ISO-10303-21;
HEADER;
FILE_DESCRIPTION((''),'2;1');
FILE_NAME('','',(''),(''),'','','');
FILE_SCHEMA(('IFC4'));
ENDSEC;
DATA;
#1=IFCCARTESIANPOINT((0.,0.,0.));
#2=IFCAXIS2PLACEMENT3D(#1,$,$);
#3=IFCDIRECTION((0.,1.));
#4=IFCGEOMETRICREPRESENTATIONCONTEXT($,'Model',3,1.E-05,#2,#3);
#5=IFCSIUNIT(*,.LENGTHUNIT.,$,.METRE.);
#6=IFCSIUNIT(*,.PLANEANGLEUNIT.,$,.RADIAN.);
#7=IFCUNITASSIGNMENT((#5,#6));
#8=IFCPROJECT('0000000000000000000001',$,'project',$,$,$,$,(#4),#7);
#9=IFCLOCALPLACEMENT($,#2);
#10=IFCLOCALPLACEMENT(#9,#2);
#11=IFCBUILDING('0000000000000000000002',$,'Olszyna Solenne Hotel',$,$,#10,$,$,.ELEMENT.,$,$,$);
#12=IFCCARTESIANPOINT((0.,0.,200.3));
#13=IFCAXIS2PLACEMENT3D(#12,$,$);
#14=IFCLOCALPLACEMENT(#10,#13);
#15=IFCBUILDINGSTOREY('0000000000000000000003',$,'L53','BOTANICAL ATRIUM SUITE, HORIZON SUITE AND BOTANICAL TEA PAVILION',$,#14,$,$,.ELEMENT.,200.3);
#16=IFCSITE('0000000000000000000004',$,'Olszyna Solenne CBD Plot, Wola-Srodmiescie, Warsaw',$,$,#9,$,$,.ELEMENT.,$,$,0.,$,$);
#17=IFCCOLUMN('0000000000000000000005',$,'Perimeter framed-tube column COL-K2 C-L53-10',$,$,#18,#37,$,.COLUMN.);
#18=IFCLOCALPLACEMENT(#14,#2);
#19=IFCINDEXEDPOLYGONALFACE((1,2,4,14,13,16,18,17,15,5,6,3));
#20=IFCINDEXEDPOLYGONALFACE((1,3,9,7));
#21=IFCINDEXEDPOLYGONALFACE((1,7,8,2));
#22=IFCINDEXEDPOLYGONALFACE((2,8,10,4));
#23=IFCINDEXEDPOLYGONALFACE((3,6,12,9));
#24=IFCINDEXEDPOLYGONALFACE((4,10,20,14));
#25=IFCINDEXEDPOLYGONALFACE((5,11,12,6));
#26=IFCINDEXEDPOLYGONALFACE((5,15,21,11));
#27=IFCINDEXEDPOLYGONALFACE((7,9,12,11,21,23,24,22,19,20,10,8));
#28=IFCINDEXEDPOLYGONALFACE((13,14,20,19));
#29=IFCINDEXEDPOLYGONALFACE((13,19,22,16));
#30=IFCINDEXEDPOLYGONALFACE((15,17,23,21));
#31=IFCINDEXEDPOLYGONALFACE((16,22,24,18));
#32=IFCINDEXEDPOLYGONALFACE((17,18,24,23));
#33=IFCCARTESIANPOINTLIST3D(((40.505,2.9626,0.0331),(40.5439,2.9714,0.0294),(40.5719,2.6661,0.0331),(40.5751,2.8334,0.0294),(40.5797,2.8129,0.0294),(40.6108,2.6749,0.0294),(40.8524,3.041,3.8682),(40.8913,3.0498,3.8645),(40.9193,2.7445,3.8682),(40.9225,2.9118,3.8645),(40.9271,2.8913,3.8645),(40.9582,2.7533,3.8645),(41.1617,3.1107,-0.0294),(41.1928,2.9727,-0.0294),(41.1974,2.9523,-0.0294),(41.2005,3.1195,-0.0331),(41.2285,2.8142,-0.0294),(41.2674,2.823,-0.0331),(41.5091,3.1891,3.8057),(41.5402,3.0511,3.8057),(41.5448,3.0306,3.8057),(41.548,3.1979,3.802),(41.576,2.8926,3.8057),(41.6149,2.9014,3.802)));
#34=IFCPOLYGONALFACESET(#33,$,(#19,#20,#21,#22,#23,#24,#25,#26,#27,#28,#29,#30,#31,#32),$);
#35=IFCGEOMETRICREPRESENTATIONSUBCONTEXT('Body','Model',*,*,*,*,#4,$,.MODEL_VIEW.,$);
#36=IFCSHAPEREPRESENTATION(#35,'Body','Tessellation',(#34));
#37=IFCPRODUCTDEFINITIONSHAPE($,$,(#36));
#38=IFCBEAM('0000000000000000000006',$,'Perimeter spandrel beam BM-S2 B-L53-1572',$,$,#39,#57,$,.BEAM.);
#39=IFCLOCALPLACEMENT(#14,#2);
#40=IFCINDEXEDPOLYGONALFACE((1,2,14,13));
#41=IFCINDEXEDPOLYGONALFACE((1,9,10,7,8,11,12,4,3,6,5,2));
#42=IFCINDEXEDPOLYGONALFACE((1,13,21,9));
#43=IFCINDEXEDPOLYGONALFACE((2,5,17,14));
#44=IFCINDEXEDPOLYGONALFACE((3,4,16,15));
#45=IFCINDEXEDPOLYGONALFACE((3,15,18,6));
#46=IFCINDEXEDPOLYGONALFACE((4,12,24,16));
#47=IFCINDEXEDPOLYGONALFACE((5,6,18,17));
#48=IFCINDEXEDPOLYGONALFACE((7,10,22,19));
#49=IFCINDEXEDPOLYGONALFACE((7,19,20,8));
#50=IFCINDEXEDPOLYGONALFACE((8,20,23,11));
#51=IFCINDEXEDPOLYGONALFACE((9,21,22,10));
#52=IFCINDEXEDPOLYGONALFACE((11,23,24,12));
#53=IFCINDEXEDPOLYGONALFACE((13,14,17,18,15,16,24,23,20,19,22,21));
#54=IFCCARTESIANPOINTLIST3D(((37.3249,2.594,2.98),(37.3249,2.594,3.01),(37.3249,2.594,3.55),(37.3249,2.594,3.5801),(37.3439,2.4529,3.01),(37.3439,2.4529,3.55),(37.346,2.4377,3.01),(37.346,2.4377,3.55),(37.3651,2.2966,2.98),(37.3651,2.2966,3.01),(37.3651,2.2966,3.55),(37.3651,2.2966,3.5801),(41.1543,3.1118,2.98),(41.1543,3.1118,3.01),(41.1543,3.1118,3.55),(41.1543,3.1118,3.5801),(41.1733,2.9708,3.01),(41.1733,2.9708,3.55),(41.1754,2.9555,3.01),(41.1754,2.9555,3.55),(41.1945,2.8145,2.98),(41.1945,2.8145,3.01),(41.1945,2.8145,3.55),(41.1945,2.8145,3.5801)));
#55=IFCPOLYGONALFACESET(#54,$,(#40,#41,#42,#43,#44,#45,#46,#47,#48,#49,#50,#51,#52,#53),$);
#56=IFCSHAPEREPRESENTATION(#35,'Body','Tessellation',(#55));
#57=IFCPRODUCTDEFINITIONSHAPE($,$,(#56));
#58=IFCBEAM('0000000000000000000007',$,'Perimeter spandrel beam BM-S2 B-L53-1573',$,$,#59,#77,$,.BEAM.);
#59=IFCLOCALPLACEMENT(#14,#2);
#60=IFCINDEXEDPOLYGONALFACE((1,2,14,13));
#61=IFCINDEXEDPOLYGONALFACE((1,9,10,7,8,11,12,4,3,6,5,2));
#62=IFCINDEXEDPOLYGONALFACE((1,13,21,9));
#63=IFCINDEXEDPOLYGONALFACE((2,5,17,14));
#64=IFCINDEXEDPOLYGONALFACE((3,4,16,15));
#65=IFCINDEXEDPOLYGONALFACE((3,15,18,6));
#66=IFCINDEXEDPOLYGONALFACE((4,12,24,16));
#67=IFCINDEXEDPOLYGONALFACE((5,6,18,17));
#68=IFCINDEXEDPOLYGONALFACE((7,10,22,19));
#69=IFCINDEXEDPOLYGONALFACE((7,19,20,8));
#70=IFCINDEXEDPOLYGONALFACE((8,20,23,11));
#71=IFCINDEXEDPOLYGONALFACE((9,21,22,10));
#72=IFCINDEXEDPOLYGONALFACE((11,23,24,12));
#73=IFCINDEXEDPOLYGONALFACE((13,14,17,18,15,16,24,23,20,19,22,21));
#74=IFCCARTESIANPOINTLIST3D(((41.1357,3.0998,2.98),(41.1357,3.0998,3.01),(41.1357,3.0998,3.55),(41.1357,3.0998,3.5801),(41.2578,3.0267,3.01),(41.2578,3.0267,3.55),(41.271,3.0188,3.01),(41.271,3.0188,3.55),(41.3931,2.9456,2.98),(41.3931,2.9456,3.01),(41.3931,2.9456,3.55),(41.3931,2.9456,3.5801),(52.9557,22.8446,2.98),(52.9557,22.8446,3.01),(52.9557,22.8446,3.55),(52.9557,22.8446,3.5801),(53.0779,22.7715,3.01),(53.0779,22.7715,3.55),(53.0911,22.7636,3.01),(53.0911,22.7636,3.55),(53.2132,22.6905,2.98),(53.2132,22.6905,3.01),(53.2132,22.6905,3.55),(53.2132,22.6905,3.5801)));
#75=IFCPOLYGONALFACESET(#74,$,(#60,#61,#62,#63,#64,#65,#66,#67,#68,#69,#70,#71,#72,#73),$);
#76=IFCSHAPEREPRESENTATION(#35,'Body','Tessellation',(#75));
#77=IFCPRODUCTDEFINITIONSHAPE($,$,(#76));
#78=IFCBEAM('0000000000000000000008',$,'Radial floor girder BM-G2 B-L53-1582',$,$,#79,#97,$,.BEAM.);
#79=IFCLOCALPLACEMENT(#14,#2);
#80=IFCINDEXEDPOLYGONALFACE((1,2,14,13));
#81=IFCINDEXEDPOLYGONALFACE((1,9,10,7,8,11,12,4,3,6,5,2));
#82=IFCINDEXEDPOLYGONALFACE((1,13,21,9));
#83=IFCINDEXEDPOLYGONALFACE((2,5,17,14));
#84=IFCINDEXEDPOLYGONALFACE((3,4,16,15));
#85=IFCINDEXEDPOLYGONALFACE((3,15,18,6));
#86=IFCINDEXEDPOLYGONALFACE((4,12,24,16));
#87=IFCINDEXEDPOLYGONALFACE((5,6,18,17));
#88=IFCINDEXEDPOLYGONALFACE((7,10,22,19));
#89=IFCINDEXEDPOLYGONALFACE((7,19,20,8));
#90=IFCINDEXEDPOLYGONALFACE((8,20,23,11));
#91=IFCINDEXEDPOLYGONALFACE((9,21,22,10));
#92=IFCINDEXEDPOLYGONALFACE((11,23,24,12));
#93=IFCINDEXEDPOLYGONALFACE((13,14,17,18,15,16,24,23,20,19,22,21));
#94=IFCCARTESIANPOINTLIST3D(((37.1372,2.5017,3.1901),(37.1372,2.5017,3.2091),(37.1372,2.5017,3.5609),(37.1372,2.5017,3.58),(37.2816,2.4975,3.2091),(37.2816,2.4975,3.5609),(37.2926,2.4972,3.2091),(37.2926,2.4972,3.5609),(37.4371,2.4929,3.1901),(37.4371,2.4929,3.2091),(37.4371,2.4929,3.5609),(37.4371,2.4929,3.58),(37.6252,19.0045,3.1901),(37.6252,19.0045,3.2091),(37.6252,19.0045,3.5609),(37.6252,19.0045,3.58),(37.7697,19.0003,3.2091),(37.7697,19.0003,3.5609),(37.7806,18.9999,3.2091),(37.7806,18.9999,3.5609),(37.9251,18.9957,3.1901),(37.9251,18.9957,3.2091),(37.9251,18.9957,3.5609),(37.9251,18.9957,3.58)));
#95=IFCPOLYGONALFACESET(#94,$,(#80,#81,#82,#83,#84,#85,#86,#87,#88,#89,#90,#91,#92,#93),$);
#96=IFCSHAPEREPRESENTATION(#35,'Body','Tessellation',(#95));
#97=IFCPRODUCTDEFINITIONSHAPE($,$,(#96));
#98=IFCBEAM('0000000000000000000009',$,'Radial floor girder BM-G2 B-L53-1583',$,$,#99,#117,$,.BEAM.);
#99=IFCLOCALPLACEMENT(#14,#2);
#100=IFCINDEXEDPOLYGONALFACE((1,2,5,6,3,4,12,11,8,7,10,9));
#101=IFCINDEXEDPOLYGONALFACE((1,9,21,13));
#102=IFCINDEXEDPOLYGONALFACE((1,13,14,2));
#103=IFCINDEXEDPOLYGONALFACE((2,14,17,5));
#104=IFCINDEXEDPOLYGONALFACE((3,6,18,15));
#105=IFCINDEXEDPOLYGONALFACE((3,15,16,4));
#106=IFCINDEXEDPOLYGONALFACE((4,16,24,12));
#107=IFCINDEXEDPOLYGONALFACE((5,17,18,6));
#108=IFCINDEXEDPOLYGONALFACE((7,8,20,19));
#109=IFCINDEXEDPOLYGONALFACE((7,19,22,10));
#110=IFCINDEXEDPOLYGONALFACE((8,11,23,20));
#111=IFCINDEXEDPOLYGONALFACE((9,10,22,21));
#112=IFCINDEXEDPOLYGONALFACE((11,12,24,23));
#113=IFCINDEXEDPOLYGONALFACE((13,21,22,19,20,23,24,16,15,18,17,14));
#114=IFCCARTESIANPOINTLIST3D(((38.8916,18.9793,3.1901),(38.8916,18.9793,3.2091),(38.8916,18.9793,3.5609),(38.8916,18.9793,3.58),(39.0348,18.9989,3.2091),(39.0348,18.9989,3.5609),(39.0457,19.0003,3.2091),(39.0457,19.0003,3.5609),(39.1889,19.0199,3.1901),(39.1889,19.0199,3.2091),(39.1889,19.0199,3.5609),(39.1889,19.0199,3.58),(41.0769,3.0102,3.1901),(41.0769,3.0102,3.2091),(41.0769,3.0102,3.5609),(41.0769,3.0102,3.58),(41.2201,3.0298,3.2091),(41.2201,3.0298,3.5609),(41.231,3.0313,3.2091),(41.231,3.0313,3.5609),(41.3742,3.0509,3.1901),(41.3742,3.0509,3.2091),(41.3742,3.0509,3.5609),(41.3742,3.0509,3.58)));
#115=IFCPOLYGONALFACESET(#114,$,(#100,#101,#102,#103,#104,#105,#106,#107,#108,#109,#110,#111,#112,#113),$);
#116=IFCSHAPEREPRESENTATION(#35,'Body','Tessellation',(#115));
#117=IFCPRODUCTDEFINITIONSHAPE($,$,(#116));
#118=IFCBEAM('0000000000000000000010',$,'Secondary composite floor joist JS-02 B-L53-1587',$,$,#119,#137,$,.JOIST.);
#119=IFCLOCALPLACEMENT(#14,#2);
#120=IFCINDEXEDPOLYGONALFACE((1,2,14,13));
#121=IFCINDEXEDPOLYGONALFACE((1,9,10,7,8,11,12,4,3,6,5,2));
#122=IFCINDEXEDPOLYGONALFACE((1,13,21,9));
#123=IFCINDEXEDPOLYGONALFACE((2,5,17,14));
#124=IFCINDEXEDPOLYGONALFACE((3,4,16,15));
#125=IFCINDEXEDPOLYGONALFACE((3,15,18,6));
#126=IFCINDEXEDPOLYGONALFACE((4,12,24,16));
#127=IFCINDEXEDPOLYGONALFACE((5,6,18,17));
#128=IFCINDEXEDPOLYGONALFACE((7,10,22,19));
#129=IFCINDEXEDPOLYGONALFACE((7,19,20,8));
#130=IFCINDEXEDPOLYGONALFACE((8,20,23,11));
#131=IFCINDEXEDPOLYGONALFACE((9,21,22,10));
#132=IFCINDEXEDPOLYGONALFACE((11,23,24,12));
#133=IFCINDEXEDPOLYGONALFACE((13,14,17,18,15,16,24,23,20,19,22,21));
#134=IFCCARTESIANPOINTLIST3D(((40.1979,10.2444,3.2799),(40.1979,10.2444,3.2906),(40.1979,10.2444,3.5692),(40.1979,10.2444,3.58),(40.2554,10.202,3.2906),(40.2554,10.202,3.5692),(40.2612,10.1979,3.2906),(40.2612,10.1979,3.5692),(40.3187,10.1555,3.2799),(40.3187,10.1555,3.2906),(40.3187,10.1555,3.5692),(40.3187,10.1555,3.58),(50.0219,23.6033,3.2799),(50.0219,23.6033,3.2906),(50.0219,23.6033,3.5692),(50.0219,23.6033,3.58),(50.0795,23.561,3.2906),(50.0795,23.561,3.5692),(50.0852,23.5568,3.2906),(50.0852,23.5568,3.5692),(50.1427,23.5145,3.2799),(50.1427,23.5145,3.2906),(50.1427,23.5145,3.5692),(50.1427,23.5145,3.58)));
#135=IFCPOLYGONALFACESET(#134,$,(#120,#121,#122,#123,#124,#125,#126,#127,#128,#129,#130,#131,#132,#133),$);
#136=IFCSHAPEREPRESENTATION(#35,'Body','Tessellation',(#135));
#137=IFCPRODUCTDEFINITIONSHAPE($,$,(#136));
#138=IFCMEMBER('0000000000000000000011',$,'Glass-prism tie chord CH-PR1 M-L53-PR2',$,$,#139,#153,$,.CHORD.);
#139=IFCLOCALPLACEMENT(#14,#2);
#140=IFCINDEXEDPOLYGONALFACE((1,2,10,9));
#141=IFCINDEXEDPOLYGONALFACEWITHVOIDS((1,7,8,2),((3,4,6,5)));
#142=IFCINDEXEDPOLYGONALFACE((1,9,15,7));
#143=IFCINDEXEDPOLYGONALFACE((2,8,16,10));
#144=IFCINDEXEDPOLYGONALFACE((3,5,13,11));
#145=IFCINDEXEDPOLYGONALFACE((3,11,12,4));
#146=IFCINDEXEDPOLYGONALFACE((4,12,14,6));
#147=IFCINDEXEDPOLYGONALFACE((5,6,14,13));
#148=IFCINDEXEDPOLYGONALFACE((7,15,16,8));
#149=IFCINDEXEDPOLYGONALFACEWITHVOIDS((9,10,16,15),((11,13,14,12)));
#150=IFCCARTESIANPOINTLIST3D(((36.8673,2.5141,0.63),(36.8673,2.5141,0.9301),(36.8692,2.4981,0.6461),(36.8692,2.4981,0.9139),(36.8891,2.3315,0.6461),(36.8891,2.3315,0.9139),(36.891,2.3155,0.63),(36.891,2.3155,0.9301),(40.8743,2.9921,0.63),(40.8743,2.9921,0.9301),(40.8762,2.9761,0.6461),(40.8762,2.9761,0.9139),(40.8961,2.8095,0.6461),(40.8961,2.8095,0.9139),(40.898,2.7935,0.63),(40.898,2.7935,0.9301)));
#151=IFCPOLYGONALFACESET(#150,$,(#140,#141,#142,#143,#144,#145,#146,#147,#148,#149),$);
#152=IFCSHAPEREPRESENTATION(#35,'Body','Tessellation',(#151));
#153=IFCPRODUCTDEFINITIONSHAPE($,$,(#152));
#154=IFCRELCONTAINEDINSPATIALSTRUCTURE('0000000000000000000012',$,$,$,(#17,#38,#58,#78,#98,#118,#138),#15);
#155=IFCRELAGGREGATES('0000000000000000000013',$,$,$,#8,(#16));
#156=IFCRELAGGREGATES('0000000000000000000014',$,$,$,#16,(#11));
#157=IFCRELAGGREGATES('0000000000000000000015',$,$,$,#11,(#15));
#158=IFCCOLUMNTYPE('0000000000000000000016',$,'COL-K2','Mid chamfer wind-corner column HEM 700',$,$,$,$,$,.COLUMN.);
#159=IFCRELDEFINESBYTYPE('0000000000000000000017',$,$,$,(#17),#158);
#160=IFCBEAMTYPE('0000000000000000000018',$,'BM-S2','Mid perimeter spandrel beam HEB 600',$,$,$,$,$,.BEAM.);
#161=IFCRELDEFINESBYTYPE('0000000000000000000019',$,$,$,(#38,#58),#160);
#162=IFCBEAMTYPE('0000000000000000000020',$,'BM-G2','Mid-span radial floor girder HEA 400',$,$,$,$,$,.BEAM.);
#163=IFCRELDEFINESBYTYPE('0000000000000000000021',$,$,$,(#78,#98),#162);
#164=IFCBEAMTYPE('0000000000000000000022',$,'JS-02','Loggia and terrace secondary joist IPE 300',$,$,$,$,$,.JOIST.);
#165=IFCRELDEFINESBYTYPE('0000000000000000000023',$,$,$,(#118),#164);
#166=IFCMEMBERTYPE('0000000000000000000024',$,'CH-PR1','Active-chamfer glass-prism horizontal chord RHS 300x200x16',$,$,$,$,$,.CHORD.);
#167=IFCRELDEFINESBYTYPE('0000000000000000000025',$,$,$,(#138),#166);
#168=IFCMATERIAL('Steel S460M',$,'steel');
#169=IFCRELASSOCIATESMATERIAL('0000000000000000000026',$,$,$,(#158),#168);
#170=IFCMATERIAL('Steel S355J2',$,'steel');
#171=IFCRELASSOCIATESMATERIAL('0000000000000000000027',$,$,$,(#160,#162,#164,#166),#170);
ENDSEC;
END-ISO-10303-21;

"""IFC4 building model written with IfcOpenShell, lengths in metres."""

from ifc_helpers import new_model, si_unit, direction, frame, origin, origin_2d, place, context, subcontext, project, spatial, hollow_rectangle, i_section, extrude, source, transform, mapped, material, material_profile, profile_set, type_object, element, save


model = new_model("IFC4")

# Units and contexts
model_context = context("Model", 3, precision=1e-05, world=origin(), true_north=direction((0.0, 1.0)))
body_context = subcontext(model_context, "Body", "Model", "MODEL_VIEW")
ifc_project = project(units=[si_unit("LENGTHUNIT", "METRE"), si_unit("PLANEANGLEUNIT", "RADIAN")], contexts=[model_context])

# Site, building, storey
site_placement = place(None, origin())
site = spatial("IfcSite", under=ifc_project, at=site_placement, Name="Olszyna Solenne CBD Plot, Wola-Srodmiescie, Warsaw", CompositionType="ELEMENT", RefElevation=0.0)
building_placement = place(site_placement, origin())
building = spatial("IfcBuilding", under=site, at=building_placement, Name="Olszyna Solenne Hotel", CompositionType="ELEMENT")
storey_placement = place(building_placement, frame((0.0, 0.0, 200.3)))
storey = spatial("IfcBuildingStorey", under=building, at=storey_placement, Name="L53", Description="BOTANICAL ATRIUM SUITE, HORIZON SUITE AND BOTANICAL TEA PAVILION", CompositionType="ELEMENT", Elevation=200.3)

# Column
ifc_material_1 = material(Name="Steel S460M", Category="steel")
ifc_material_profile_1 = material_profile(ifc_material_1, i_section(OverallWidth=0.304, OverallDepth=0.7161, WebThickness=0.021, FlangeThickness=0.04, at=origin_2d()), Name="HEM 700", Category="load-bearing")
ifc_profile_set_1 = profile_set([ifc_material_profile_1], Name="Steel S460M")
column_type = type_object("IfcColumnType", Name="COL-K2", Description="Mid chamfer wind-corner column HEM 700", PredefinedType="COLUMN", material=ifc_profile_set_1)
shared_shape_1 = source(origin(), body_context, "Body", "SweptSolid", [
    extrude(i_section(OverallWidth=0.304, OverallDepth=0.7161, WebThickness=0.021, FlangeThickness=0.04, at=origin_2d()), origin(), (0.0, 0.0, 1.0), 3.8516),
])
column_placement = place(storey_placement, frame((40.8862, 2.8928, 0.0), z_axis=(0.090203, 0.020348, 0.995716), x_axis=(-0.22005, 0.975488, 0.0)))
element("IfcColumn", 1, at=column_placement, inside=storey, type_object=column_type, Name="Perimeter framed-tube column COL-K2 C-L53-10", PredefinedType="COLUMN", context=body_context, shape_type="MappedRepresentation", body=[
    mapped(shared_shape_1, transform((0.0, 0.0, 0.0), x_axis=(1.0, 0.0, 0.0), y_axis=(0.0, 1.0, 0.0), z_axis=(0.0, 0.0, 1.0), scale=1.0)),
])

# Beams
ifc_material_2 = material(Name="Steel S355J2", Category="steel")
ifc_material_profile_2 = material_profile(ifc_material_2, i_section(OverallWidth=0.3, OverallDepth=0.6001, WebThickness=0.0154, FlangeThickness=0.03, at=origin_2d()), Name="HEB 600", Category="load-bearing")
ifc_profile_set_2 = profile_set([ifc_material_profile_2], Name="Steel S355J2")
beam_type_1 = type_object("IfcBeamType", Name="BM-S2", Description="Mid perimeter spandrel beam HEB 600", PredefinedType="BEAM", material=ifc_profile_set_2)
shared_shape_2 = source(origin(), body_context, "Body", "SweptSolid", [
    extrude(i_section(OverallWidth=0.3, OverallDepth=0.6001, WebThickness=0.0154, FlangeThickness=0.03, at=origin_2d()), origin(), (0.0, 0.0, 1.0), 3.8643),
])
beam_1_placement = place(storey_placement, frame((37.345, 2.4453, 3.28), z_axis=(0.990981, 0.134005, 0.0), x_axis=(-0.134005, 0.990981, 0.0)))
element("IfcBeam", 2, at=beam_1_placement, inside=storey, type_object=beam_type_1, Name="Perimeter spandrel beam BM-S2 B-L53-1572", PredefinedType="BEAM", context=body_context, shape_type="MappedRepresentation", body=[
    mapped(shared_shape_2, transform((0.0, 0.0, 0.0), x_axis=(1.0, 0.0, 0.0), y_axis=(0.0, 1.0, 0.0), z_axis=(0.0, 0.0, 1.0), scale=1.0)),
])
shared_shape_3 = source(origin(), body_context, "Body", "SweptSolid", [
    extrude(i_section(OverallWidth=0.3, OverallDepth=0.6001, WebThickness=0.0154, FlangeThickness=0.03, at=origin_2d()), origin(), (0.0, 0.0, 1.0), 23.0125),
])
beam_2_placement = place(storey_placement, frame((41.2644, 3.0227, 3.28), z_axis=(0.513637, 0.858007, 0.0), x_axis=(-0.858007, 0.513637, 0.0)))
element("IfcBeam", 3, at=beam_2_placement, inside=storey, type_object=beam_type_1, Name="Perimeter spandrel beam BM-S2 B-L53-1573", PredefinedType="BEAM", context=body_context, shape_type="MappedRepresentation", body=[
    mapped(shared_shape_3, transform((0.0, 0.0, 0.0), x_axis=(1.0, 0.0, 0.0), y_axis=(0.0, 1.0, 0.0), z_axis=(0.0, 0.0, 1.0), scale=1.0)),
])
ifc_material_profile_3 = material_profile(ifc_material_2, i_section(OverallWidth=0.3, OverallDepth=0.3899, WebThickness=0.011, FlangeThickness=0.019, at=origin_2d()), Name="HEA 400", Category="load-bearing")
ifc_profile_set_3 = profile_set([ifc_material_profile_3], Name="Steel S355J2")
beam_type_2 = type_object("IfcBeamType", Name="BM-G2", Description="Mid-span radial floor girder HEA 400", PredefinedType="BEAM", material=ifc_profile_set_3)
shared_shape_4 = source(origin(), body_context, "Body", "SweptSolid", [
    extrude(i_section(OverallWidth=0.3, OverallDepth=0.3899, WebThickness=0.011, FlangeThickness=0.019, at=origin_2d()), origin(), (0.0, 0.0, 1.0), 16.51),
])
beam_3_placement = place(storey_placement, frame((37.2871, 2.4973, 3.385), z_axis=(0.02956, 0.999563, 0.0), x_axis=(-0.999563, 0.02956, 0.0)))
element("IfcBeam", 4, at=beam_3_placement, inside=storey, type_object=beam_type_2, Name="Radial floor girder BM-G2 B-L53-1582", PredefinedType="BEAM", context=body_context, shape_type="MappedRepresentation", body=[
    mapped(shared_shape_4, transform((0.0, 0.0, 0.0), x_axis=(1.0, 0.0, 0.0), y_axis=(0.0, 1.0, 0.0), z_axis=(0.0, 0.0, 1.0), scale=1.0)),
])
shared_shape_5 = source(origin(), body_context, "Body", "SweptSolid", [
    extrude(i_section(OverallWidth=0.3, OverallDepth=0.3899, WebThickness=0.011, FlangeThickness=0.019, at=origin_2d()), origin(), (0.0, 0.0, 1.0), 16.1179),
])
beam_4_placement = place(storey_placement, frame((41.2256, 3.0305, 3.385), z_axis=(-0.135583, 0.990766, 0.0), x_axis=(-0.990766, -0.135583, 0.0)))
element("IfcBeam", 5, at=beam_4_placement, inside=storey, type_object=beam_type_2, Name="Radial floor girder BM-G2 B-L53-1583", PredefinedType="BEAM", context=body_context, shape_type="MappedRepresentation", body=[
    mapped(shared_shape_5, transform((0.0, 0.0, 0.0), x_axis=(1.0, 0.0, 0.0), y_axis=(0.0, 1.0, 0.0), z_axis=(0.0, 0.0, 1.0), scale=1.0)),
])
ifc_material_profile_4 = material_profile(ifc_material_2, i_section(OverallWidth=0.1499, OverallDepth=0.3, WebThickness=0.0071, FlangeThickness=0.0107, at=origin_2d()), Name="IPE 300", Category="load-bearing")
ifc_profile_set_4 = profile_set([ifc_material_profile_4], Name="Steel S355J2")
beam_type_3 = type_object("IfcBeamType", Name="JS-02", Description="Loggia and terrace secondary joist IPE 300", PredefinedType="JOIST", material=ifc_profile_set_4)
shared_shape_6 = source(origin(), body_context, "Body", "SweptSolid", [
    extrude(i_section(OverallWidth=0.1499, OverallDepth=0.3, WebThickness=0.0071, FlangeThickness=0.0107, at=origin_2d()), origin(), (0.0, 0.0, 1.0), 16.5823),
])
beam_5_placement = place(storey_placement, frame((40.2583, 10.2, 3.4299), z_axis=(0.59244, 0.805615, 0.0), x_axis=(-0.805615, 0.59244, 0.0)))
element("IfcBeam", 6, at=beam_5_placement, inside=storey, type_object=beam_type_3, Name="Secondary composite floor joist JS-02 B-L53-1587", PredefinedType="JOIST", context=body_context, shape_type="MappedRepresentation", body=[
    mapped(shared_shape_6, transform((0.0, 0.0, 0.0), x_axis=(1.0, 0.0, 0.0), y_axis=(0.0, 1.0, 0.0), z_axis=(0.0, 0.0, 1.0), scale=1.0)),
])

# Member
ifc_material_profile_5 = material_profile(ifc_material_2, hollow_rectangle(XDim=0.2, YDim=0.3, WallThickness=0.0161, at=origin_2d()), Name="RHS 300x200x16", Category="load-bearing")
ifc_profile_set_5 = profile_set([ifc_material_profile_5], Name="Steel S355J2")
member_type_1 = type_object("IfcMemberType", Name="CH-PR1", Description="Active-chamfer glass-prism horizontal chord RHS 300x200x16", PredefinedType="CHORD", material=ifc_profile_set_5)
shared_shape_7 = source(origin(), body_context, "Body", "SweptSolid", [
    extrude(hollow_rectangle(XDim=0.2, YDim=0.3, WallThickness=0.0161, at=origin_2d()), origin(), (0.0, 0.0, 1.0), 4.0354),
])
member_1_placement = place(storey_placement, frame((36.8792, 2.4148, 0.78), z_axis=(0.992959, 0.118456, 0.0), x_axis=(-0.118456, 0.992959, 0.0)))
element("IfcMember", 7, at=member_1_placement, inside=storey, type_object=member_type_1, Name="Glass-prism tie chord CH-PR1 M-L53-PR2", PredefinedType="CHORD", context=body_context, shape_type="MappedRepresentation", body=[
    mapped(shared_shape_7, transform((0.0, 0.0, 0.0), x_axis=(1.0, 0.0, 0.0), y_axis=(0.0, 1.0, 0.0), z_axis=(0.0, 0.0, 1.0), scale=1.0)),
])

save(model, "model.ifc")
